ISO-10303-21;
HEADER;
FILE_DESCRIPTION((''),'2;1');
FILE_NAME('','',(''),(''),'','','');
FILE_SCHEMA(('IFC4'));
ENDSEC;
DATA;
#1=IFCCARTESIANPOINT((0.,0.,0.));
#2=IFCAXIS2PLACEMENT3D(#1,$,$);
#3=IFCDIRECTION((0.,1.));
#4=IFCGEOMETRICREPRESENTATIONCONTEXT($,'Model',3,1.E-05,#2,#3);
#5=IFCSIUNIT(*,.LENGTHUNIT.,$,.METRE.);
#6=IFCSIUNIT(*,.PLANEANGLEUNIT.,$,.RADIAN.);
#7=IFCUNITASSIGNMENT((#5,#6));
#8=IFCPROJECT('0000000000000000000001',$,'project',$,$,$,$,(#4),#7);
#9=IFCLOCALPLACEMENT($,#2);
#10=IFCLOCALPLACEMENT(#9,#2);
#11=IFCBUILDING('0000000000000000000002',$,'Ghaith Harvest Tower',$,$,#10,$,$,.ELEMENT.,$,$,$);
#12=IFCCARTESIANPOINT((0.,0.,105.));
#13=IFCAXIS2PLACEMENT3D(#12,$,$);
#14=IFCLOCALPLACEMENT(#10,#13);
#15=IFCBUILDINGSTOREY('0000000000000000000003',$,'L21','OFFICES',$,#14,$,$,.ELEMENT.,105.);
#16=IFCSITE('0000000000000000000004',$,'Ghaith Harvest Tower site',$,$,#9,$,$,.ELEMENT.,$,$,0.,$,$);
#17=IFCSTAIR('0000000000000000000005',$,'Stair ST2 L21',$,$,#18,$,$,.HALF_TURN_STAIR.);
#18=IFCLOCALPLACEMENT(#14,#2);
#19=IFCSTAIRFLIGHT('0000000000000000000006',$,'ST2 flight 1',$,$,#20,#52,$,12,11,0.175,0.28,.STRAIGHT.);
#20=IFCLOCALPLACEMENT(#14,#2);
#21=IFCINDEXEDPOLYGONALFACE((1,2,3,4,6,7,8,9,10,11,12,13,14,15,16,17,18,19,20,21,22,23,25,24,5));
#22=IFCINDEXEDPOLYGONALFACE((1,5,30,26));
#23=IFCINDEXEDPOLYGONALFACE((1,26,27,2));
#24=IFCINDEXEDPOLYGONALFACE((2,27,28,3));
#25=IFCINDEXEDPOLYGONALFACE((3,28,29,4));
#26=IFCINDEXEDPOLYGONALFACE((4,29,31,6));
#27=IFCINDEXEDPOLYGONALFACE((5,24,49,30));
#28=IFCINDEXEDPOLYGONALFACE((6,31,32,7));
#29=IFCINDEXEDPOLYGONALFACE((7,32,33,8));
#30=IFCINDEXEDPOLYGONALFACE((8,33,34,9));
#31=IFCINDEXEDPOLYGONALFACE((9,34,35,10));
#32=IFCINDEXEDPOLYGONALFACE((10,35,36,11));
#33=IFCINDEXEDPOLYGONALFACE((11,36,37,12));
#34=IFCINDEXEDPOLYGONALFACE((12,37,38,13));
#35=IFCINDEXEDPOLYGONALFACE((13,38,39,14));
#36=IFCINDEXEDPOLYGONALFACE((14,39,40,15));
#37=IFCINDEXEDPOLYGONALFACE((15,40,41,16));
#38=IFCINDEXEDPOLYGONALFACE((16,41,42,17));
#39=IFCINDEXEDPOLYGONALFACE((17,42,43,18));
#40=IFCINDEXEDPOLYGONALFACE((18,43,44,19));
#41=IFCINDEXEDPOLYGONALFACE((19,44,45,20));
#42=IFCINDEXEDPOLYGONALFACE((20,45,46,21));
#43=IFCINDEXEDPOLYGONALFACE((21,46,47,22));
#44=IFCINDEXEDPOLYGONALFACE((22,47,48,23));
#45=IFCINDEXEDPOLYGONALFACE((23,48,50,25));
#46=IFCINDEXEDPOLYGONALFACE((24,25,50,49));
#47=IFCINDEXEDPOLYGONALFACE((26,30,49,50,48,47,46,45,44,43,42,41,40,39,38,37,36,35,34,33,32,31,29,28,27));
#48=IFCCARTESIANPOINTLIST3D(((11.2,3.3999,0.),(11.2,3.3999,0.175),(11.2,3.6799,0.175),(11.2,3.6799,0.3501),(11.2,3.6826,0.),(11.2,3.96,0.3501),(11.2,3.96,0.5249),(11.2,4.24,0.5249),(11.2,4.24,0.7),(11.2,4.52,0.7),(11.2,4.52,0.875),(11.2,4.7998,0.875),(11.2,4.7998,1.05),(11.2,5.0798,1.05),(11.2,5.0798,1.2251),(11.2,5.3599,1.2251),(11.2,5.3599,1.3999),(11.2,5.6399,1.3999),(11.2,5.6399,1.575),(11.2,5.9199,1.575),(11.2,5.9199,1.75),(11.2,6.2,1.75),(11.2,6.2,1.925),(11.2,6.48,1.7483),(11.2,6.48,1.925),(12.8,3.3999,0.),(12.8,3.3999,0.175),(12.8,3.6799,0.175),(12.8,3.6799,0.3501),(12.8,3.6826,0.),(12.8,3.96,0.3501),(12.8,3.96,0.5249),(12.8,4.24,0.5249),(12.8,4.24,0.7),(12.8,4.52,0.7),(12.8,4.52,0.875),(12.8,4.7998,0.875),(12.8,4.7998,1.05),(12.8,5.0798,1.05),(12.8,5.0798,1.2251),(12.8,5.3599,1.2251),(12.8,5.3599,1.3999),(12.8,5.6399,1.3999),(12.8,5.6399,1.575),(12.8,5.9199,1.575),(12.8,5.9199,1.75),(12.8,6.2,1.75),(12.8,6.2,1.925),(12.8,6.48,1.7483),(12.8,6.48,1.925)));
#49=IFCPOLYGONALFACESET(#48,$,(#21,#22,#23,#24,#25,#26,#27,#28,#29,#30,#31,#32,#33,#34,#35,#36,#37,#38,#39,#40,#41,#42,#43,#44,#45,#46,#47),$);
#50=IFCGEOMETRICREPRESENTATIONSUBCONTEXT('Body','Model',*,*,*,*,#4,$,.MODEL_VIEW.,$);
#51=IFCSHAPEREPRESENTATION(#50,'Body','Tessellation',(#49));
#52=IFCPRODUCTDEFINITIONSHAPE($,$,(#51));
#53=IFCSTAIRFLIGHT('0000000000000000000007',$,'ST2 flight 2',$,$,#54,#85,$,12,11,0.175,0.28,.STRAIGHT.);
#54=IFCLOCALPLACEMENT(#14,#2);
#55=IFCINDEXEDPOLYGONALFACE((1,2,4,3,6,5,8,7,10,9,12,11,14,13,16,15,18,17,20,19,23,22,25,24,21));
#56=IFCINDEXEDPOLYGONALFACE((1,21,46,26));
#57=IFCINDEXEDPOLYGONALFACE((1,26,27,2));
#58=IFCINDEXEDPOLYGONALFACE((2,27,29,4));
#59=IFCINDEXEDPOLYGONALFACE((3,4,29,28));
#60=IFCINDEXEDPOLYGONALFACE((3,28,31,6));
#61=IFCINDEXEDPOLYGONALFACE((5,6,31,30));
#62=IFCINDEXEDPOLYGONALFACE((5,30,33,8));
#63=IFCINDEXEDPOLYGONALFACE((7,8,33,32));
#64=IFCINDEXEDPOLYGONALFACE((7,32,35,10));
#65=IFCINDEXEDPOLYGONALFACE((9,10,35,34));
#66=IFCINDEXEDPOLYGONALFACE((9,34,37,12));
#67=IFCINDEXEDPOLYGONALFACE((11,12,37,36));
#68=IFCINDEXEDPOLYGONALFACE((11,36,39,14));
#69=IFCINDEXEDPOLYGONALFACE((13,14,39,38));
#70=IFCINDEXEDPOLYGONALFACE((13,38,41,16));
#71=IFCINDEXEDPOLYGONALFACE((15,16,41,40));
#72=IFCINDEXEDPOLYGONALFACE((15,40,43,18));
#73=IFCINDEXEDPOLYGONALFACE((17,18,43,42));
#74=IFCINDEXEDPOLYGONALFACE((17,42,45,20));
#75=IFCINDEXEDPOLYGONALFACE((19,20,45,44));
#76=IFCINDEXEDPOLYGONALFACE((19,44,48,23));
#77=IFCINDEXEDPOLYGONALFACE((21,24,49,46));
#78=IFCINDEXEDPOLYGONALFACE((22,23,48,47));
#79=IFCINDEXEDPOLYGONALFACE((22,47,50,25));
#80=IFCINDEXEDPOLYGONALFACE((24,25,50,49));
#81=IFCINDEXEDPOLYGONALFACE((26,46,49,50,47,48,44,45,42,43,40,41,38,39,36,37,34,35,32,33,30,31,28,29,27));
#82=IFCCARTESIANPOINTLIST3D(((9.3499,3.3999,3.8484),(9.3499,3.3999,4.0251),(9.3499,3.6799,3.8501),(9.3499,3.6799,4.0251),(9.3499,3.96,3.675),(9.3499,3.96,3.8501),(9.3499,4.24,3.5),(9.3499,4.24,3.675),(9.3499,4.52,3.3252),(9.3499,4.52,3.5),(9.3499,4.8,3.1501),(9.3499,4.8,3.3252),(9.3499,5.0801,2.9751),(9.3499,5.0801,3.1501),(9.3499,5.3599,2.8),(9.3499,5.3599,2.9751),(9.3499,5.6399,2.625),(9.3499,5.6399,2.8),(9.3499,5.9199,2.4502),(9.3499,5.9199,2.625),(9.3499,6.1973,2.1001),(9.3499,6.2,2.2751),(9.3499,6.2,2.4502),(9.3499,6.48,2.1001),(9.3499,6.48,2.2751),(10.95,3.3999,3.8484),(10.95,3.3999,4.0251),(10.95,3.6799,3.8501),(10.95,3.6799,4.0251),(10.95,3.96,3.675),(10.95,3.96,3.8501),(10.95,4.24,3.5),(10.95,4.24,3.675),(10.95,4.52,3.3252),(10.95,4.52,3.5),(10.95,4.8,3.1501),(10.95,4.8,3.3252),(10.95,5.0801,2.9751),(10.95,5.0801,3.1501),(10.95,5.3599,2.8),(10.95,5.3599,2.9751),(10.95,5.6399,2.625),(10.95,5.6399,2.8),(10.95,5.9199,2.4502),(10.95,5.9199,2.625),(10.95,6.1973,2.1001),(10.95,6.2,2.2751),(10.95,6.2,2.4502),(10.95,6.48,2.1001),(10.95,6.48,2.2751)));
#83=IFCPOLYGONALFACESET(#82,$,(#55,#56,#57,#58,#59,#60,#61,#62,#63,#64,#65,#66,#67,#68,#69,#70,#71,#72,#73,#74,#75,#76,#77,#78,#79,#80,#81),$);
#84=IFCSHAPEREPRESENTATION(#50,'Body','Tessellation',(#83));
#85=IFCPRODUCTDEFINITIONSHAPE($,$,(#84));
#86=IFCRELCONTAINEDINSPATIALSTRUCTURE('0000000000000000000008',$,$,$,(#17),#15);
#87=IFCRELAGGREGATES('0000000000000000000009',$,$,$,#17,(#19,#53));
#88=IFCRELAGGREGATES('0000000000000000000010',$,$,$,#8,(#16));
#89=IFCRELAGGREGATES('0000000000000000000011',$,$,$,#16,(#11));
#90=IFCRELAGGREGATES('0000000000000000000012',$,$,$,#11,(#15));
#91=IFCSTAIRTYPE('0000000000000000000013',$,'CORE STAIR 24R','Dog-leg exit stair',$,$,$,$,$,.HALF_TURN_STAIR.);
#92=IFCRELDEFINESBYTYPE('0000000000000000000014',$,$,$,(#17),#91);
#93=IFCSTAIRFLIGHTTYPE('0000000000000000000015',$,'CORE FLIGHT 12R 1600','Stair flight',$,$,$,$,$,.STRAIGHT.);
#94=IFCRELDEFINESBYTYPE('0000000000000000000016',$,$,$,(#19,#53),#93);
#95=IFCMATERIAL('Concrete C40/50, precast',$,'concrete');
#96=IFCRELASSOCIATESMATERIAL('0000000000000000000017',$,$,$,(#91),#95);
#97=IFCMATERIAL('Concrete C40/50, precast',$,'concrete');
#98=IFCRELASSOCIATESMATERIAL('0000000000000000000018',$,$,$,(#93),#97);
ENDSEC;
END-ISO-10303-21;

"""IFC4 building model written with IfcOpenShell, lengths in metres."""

from ifc_helpers import new_model, si_unit, direction, frame, origin, place, context, subcontext, project, spatial, polyline, outline, extrude, material, type_object, element, aggregate, save


model = new_model("IFC4")

# Units and contexts
model_context = context("Model", 3, precision=1e-05, world=origin(), true_north=direction((0.0, 1.0)))
body_context = subcontext(model_context, "Body", "Model", "MODEL_VIEW")
ifc_project = project(units=[si_unit("LENGTHUNIT", "METRE"), si_unit("PLANEANGLEUNIT", "RADIAN")], contexts=[model_context])

# Site, building, storey
site_placement = place(None, origin())
site = spatial("IfcSite", under=ifc_project, at=site_placement, Name="Ghaith Harvest Tower site", CompositionType="ELEMENT", RefElevation=0.0)
building_placement = place(site_placement, origin())
building = spatial("IfcBuilding", under=site, at=building_placement, Name="Ghaith Harvest Tower", CompositionType="ELEMENT")
storey_placement = place(building_placement, frame((0.0, 0.0, 105.0)))
storey = spatial("IfcBuildingStorey", under=building, at=storey_placement, Name="L21", Description="OFFICES", CompositionType="ELEMENT", Elevation=105.0)

# Stair, stair flights
ifc_material_1 = material(Name="Concrete C40/50, precast", Category="concrete")
stair_type = type_object("IfcStairType", Name="CORE STAIR 24R", Description="Dog-leg exit stair", PredefinedType="HALF_TURN_STAIR", material=ifc_material_1)
stair_placement = place(storey_placement, origin())
stair = element("IfcStair", 1, at=stair_placement, inside=storey, type_object=stair_type, Name="Stair ST2 L21", PredefinedType="HALF_TURN_STAIR")
ifc_material_2 = material(Name="Concrete C40/50, precast", Category="concrete")
stair_flight_type = type_object("IfcStairFlightType", Name="CORE FLIGHT 12R 1600", Description="Stair flight", PredefinedType="STRAIGHT", material=ifc_material_2)
stair_flight_1_placement = place(storey_placement, frame((12.0, 3.3999, 0.0), z_axis=(0.0, 0.0, 1.0), x_axis=(0.0, 1.0, 0.0)))
stair_flight_1 = element("IfcStairFlight", 2, at=stair_flight_1_placement, type_object=stair_flight_type, Name="ST2 flight 1", NumberOfRisers=12, NumberOfTreads=11, PredefinedType="STRAIGHT", RiserHeight=0.175, TreadLength=0.28, context=body_context, shape_type="SweptSolid", body=[
    extrude(outline(polyline([(0.0, 0.0), (0.0, 0.175), (0.28, 0.175), (0.28, 0.3501), (0.5601, 0.3501), (0.5601, 0.5249), (0.8401, 0.5249), (0.8401, 0.7), (1.1201, 0.7), (1.1201, 0.875), (1.3999, 0.875), (1.3999, 1.05), (1.6799, 1.05), (1.6799, 1.2251), (1.96, 1.2251), (1.96, 1.3999), (2.24, 1.3999), (2.24, 1.575), (2.52, 1.575), (2.52, 1.75), (2.8, 1.75), (2.8, 1.925), (3.0801, 1.925), (3.0801, 2.1001), (3.0801, 1.7483), (0.2827, 0.0), (0.0, 0.0)])), frame((0.0, 0.8, 0.0), z_axis=(0.0, -1.0, 0.0), x_axis=(1.0, 0.0, 0.0)), (0.0, 0.0, 1.0), 1.6001),
])
stair_flight_2_placement = place(storey_placement, frame((10.1499, 6.48, 2.1001), z_axis=(0.0, 0.0, 1.0), x_axis=(0.0, -1.0, 0.0)))
stair_flight_2 = element("IfcStairFlight", 3, at=stair_flight_2_placement, type_object=stair_flight_type, Name="ST2 flight 2", NumberOfRisers=12, NumberOfTreads=11, PredefinedType="STRAIGHT", RiserHeight=0.175, TreadLength=0.28, context=body_context, shape_type="SweptSolid", body=[
    extrude(outline(polyline([(0.0, 0.0), (0.0, 0.175), (0.28, 0.175), (0.28, 0.3501), (0.5601, 0.3501), (0.5601, 0.5249), (0.8401, 0.5249), (0.8401, 0.7), (1.1201, 0.7), (1.1201, 0.875), (1.3999, 0.875), (1.3999, 1.05), (1.6799, 1.05), (1.6799, 1.2251), (1.96, 1.2251), (1.96, 1.3999), (2.24, 1.3999), (2.24, 1.575), (2.52, 1.575), (2.52, 1.75), (2.8, 1.75), (2.8, 1.925), (3.0801, 1.925), (3.0801, 2.1001), (3.0801, 1.7483), (0.2827, 0.0), (0.0, 0.0)])), frame((0.0, 0.8, 0.0), z_axis=(0.0, -1.0, 0.0), x_axis=(1.0, 0.0, 0.0)), (0.0, 0.0, 1.0), 1.6001),
])
aggregate(stair, [stair_flight_1, stair_flight_2])

save(model, "model.ifc")
